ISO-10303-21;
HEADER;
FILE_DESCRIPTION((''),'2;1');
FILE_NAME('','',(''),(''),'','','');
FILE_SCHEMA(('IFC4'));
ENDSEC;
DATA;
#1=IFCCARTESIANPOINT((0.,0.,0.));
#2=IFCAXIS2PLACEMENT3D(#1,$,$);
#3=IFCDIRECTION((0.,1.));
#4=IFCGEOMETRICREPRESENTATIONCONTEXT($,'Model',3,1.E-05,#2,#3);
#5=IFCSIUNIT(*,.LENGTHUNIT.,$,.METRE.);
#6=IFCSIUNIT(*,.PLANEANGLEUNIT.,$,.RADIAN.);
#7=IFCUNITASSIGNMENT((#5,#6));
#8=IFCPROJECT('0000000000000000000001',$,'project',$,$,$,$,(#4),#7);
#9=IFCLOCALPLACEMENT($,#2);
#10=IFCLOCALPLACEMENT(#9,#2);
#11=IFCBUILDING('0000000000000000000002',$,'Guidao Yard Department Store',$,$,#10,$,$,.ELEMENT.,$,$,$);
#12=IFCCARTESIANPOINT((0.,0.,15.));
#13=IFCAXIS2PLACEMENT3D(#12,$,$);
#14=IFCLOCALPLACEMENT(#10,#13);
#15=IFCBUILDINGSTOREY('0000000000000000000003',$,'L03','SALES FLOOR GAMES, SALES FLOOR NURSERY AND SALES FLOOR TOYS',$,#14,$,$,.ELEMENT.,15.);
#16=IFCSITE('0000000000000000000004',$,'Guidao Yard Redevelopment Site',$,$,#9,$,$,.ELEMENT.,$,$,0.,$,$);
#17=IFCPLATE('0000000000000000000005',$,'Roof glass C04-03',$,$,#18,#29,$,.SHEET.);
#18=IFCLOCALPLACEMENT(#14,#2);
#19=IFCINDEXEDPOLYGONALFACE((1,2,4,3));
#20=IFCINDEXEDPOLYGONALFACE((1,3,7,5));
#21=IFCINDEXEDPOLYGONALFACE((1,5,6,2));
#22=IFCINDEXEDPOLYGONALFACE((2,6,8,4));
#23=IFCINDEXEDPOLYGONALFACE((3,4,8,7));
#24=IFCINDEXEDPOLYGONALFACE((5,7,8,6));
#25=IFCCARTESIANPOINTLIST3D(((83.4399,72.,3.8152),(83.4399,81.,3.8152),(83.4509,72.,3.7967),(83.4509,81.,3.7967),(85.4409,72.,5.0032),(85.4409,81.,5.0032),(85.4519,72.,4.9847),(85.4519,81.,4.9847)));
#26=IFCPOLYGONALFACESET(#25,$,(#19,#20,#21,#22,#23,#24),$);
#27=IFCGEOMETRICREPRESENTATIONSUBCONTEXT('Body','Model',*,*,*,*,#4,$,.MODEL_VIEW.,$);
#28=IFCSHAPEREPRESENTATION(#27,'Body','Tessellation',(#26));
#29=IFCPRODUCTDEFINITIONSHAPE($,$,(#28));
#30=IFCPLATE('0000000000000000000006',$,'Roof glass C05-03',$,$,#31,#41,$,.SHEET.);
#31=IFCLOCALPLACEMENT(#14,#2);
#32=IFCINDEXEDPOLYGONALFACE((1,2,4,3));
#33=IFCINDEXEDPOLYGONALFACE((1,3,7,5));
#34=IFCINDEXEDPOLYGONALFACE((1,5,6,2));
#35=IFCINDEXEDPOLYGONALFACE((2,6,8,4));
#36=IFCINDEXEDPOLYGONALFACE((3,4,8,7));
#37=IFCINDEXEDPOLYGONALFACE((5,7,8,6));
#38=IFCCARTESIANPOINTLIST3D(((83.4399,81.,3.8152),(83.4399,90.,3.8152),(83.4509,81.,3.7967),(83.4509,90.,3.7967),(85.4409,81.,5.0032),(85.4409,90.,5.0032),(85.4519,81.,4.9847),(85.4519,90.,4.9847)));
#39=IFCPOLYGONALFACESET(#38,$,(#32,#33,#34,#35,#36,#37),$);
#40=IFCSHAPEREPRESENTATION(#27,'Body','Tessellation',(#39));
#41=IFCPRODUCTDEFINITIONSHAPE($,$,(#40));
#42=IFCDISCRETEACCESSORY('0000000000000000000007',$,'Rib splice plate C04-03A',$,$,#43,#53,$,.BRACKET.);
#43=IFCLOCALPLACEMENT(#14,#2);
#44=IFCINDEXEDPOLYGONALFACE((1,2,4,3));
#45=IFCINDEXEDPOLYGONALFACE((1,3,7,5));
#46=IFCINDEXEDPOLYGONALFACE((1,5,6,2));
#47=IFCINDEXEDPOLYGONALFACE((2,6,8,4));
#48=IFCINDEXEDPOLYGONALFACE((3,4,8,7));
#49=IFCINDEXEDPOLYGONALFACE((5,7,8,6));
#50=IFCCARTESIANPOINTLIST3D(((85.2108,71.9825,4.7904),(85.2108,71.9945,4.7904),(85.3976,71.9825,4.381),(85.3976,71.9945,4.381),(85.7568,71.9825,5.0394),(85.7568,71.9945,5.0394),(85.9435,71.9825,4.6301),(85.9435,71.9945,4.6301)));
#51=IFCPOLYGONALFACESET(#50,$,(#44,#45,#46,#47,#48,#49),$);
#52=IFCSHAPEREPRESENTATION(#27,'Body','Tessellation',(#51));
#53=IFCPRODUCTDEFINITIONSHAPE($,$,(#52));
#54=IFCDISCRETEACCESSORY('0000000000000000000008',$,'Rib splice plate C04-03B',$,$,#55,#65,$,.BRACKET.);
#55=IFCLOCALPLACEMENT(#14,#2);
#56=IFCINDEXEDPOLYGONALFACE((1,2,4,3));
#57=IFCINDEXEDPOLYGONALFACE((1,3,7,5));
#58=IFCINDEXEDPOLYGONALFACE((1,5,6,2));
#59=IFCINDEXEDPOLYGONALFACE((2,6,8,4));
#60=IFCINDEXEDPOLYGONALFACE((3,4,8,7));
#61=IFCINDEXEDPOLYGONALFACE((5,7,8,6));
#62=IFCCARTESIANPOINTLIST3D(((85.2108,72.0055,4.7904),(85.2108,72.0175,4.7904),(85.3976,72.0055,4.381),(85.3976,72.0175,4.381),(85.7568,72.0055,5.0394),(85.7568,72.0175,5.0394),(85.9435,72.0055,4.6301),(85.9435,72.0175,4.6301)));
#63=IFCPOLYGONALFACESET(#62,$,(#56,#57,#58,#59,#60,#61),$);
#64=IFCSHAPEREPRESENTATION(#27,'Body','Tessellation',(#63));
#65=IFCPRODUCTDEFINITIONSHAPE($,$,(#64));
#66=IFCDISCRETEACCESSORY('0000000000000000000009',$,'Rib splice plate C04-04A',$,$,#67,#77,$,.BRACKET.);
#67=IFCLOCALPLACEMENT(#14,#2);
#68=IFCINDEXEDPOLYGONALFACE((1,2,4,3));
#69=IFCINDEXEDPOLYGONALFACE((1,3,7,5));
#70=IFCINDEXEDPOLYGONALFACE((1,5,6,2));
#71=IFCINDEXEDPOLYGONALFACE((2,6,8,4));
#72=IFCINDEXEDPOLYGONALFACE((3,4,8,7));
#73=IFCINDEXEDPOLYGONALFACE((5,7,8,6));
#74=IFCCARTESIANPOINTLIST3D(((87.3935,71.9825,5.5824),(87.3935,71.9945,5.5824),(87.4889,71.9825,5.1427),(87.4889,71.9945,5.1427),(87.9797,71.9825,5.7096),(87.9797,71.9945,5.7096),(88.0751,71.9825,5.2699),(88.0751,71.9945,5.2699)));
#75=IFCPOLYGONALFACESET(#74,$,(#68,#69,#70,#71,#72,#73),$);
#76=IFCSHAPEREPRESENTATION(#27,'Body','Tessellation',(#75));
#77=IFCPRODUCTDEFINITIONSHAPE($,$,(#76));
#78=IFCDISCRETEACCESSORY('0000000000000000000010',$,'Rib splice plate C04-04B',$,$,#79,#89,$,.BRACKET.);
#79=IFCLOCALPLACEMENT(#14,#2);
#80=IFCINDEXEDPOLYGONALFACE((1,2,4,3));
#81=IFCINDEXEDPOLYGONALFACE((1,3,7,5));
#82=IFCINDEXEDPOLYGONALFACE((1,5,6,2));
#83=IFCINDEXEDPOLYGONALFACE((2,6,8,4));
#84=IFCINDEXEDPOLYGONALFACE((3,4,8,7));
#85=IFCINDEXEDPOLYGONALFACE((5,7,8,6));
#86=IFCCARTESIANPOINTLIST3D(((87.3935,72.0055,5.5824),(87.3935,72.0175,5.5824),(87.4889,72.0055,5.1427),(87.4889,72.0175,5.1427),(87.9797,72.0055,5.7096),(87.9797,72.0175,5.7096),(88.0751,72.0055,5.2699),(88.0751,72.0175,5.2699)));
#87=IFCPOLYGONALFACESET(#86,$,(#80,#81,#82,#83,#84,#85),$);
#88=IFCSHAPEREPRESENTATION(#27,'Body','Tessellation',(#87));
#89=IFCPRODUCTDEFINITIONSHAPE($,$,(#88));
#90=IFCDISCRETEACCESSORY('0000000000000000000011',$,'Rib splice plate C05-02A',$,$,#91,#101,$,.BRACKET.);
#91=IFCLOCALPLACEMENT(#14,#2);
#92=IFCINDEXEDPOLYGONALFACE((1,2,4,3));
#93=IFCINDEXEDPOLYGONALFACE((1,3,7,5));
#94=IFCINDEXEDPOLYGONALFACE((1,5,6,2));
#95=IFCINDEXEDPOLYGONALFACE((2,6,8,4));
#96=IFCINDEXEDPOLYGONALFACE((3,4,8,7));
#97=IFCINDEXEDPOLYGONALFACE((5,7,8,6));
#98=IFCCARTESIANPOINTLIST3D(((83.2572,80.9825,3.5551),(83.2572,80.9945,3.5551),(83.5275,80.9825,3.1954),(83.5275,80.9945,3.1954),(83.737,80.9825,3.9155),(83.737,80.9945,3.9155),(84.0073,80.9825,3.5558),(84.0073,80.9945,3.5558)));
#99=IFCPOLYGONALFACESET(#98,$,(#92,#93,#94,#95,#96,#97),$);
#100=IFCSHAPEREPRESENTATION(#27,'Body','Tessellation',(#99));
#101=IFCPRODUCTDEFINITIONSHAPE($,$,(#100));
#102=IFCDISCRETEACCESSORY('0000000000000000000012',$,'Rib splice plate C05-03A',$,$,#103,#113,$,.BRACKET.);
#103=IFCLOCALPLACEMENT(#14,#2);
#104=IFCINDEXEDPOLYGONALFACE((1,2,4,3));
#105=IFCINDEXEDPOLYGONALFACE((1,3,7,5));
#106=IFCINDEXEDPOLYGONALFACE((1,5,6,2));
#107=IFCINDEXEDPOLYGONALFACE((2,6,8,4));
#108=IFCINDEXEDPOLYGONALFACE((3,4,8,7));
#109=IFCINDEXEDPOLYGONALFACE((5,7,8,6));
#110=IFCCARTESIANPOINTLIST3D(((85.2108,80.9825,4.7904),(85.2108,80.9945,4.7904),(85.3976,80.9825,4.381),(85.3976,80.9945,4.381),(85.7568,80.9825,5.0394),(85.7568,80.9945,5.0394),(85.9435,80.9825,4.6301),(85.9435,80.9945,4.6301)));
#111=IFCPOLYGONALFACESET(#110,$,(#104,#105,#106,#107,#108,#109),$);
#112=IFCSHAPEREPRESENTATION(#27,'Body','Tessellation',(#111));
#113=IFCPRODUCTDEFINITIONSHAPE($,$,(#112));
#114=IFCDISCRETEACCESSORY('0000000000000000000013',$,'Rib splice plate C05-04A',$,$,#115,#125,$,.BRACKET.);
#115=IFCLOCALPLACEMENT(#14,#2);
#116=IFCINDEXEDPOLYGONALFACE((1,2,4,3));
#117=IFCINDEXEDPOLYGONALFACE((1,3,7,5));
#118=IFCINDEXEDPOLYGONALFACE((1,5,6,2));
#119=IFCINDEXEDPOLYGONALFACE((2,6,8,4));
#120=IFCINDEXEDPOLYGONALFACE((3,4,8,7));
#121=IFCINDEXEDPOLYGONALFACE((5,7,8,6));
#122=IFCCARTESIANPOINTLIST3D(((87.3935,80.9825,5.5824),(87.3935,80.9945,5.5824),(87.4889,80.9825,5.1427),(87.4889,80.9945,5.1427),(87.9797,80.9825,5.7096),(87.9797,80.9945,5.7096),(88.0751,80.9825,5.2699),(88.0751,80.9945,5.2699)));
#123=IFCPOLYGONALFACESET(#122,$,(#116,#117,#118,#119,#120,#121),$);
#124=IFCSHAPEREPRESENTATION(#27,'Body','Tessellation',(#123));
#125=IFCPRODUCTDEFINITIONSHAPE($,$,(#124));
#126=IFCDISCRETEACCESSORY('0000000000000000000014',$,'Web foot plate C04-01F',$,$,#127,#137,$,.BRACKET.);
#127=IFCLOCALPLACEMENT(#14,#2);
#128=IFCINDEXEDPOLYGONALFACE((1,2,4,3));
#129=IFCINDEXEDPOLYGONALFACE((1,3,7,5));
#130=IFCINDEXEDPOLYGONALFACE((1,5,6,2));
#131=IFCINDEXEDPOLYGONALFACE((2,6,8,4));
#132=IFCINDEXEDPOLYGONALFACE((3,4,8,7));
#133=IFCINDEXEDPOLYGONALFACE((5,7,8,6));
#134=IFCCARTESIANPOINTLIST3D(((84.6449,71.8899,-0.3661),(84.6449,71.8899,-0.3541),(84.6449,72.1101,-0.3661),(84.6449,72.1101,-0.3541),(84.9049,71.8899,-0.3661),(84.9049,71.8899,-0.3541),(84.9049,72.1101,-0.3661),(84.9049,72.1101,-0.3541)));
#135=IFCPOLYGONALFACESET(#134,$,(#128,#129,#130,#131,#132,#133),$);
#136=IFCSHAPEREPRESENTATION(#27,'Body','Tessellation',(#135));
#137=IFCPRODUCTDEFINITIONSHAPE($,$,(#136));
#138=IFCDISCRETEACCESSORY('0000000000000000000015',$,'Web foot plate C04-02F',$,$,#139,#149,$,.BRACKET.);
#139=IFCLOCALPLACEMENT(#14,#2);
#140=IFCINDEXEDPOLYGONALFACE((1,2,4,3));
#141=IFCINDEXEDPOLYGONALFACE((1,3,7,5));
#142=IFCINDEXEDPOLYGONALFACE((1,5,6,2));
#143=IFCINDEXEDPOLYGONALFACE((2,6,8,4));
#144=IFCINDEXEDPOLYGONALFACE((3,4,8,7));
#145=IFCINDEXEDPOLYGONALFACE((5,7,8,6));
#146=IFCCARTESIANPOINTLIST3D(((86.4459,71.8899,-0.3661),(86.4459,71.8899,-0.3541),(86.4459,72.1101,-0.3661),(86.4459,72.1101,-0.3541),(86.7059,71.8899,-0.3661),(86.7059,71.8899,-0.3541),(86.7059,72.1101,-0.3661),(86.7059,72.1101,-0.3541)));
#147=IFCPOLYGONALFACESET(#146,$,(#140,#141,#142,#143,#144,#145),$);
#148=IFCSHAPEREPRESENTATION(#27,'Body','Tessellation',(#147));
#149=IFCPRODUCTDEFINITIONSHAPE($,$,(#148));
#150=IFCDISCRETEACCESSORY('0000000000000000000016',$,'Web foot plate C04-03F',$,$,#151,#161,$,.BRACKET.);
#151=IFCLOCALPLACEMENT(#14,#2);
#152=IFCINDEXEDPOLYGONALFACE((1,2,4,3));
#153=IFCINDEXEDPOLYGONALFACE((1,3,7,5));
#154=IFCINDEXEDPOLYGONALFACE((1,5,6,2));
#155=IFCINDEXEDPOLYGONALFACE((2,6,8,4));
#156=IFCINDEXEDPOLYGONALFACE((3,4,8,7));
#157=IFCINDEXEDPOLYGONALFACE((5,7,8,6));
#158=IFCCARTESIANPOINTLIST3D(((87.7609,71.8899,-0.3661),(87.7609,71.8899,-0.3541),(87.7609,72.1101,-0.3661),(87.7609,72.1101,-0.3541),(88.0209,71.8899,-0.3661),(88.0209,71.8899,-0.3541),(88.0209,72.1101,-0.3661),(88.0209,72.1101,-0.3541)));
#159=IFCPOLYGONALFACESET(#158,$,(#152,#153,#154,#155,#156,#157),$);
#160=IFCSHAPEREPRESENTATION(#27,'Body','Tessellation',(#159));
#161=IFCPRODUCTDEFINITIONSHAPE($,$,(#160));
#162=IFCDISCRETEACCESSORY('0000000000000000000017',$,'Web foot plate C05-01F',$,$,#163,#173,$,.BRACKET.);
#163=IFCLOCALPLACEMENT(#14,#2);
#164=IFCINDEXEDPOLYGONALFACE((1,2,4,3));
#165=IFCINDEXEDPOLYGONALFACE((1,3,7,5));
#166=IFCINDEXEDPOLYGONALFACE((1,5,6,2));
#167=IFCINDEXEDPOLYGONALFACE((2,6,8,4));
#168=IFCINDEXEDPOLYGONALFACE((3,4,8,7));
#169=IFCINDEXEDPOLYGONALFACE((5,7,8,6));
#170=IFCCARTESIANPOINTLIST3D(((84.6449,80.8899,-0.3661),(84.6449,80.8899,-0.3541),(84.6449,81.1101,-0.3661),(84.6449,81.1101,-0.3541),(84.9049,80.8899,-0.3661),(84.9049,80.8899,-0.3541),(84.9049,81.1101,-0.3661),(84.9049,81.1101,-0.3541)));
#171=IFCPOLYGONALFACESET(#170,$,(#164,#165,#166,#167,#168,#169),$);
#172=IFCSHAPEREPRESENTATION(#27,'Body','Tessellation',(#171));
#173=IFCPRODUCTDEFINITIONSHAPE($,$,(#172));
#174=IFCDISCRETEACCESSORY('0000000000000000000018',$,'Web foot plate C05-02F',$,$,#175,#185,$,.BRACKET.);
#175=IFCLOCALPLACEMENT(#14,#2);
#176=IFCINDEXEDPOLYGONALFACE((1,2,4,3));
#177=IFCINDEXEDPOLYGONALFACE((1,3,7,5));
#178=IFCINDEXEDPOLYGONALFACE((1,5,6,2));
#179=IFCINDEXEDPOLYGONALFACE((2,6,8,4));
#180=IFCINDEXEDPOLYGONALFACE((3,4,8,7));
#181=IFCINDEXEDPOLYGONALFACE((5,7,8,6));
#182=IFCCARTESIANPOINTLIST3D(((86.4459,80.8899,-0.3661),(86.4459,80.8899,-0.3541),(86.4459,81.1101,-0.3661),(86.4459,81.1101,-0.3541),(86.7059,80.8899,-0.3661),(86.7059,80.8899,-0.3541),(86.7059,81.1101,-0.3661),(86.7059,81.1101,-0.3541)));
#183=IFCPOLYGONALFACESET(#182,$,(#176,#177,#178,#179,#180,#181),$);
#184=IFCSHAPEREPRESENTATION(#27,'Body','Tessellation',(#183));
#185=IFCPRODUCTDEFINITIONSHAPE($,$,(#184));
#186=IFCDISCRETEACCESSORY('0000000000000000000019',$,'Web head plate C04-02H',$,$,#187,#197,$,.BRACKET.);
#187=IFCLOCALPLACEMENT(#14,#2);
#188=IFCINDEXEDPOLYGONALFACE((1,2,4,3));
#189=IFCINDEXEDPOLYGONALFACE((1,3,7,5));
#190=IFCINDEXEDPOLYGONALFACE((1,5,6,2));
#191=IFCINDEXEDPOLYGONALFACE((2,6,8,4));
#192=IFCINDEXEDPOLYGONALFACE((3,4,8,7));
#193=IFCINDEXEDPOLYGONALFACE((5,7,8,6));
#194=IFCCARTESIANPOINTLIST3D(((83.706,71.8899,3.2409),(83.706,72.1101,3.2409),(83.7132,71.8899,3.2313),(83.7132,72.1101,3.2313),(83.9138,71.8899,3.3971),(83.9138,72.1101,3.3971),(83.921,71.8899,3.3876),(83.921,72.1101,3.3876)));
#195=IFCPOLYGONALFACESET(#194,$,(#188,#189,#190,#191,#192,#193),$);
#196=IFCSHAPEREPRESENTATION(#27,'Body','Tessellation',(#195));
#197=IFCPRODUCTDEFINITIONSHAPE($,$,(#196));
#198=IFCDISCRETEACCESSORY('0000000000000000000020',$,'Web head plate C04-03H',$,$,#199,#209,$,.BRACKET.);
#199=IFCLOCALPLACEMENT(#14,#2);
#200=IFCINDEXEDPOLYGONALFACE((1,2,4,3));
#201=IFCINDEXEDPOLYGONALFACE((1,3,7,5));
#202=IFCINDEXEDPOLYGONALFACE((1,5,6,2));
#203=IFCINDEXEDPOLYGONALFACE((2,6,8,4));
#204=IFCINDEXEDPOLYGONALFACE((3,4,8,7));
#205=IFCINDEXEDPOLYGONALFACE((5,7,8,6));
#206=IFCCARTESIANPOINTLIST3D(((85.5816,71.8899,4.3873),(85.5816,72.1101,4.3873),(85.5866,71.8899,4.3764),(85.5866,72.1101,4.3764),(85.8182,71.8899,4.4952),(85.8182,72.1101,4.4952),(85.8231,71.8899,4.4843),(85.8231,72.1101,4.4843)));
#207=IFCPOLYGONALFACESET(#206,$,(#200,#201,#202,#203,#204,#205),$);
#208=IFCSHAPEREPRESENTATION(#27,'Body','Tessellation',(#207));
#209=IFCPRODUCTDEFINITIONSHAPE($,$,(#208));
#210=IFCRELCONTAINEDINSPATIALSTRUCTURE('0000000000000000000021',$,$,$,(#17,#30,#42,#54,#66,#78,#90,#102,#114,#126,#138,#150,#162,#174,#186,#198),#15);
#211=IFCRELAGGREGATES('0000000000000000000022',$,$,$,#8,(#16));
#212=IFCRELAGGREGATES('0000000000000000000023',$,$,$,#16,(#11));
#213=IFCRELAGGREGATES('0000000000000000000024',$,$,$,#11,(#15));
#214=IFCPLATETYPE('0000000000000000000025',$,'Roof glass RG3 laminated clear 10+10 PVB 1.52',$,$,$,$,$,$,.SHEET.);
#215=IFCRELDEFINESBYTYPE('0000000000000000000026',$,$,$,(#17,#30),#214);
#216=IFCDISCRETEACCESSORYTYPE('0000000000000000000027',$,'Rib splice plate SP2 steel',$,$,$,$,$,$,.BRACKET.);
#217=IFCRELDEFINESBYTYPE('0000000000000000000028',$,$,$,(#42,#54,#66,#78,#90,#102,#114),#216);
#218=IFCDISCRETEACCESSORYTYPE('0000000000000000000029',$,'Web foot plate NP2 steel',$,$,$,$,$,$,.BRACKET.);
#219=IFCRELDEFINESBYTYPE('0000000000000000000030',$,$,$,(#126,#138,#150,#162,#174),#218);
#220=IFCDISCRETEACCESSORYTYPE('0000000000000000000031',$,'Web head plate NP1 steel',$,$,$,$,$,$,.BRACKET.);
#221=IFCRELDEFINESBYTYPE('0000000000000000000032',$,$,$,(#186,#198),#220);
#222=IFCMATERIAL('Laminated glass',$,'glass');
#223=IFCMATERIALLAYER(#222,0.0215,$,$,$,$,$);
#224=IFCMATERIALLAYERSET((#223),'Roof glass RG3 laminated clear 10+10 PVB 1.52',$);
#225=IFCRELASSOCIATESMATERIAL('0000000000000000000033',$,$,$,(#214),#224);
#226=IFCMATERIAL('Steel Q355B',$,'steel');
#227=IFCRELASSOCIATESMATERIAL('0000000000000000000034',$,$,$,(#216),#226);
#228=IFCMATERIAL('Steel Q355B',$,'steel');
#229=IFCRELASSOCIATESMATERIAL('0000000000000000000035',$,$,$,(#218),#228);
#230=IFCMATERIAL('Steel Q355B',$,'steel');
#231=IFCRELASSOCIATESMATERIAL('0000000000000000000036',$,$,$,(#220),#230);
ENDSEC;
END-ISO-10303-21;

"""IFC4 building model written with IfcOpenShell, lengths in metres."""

from ifc_helpers import new_model, si_unit, direction, frame, origin, origin_2d, place, context, subcontext, project, spatial, polyline, rectangle, outline, extrude, material, layer, layer_set, material_profile, profile_set, type_object, element, save


model = new_model("IFC4")

# Units and contexts
model_context = context("Model", 3, precision=1e-05, world=origin(), true_north=direction((0.0, 1.0)))
body_context = subcontext(model_context, "Body", "Model", "MODEL_VIEW")
ifc_project = project(units=[si_unit("LENGTHUNIT", "METRE"), si_unit("PLANEANGLEUNIT", "RADIAN")], contexts=[model_context])

# Site, building, storey
site_placement = place(None, origin())
site = spatial("IfcSite", under=ifc_project, at=site_placement, Name="Guidao Yard Redevelopment Site", CompositionType="ELEMENT", RefElevation=0.0)
building_placement = place(site_placement, origin())
building = spatial("IfcBuilding", under=site, at=building_placement, Name="Guidao Yard Department Store", CompositionType="ELEMENT")
storey_placement = place(building_placement, frame((0.0, 0.0, 15.0)))
storey = spatial("IfcBuildingStorey", under=building, at=storey_placement, Name="L03", Description="SALES FLOOR GAMES, SALES FLOOR NURSERY AND SALES FLOOR TOYS", CompositionType="ELEMENT", Elevation=15.0)

# Plates
ifc_material_1 = material(Name="Laminated glass", Category="glass")
ifc_layer = layer(ifc_material_1, 0.0215)
ifc_layer_set = layer_set([ifc_layer], Name="Roof glass RG3 laminated clear 10+10 PVB 1.52")
plate_type = type_object("IfcPlateType", Name="Roof glass RG3 laminated clear 10+10 PVB 1.52", PredefinedType="SHEET", material=ifc_layer_set)
for number, where, z_axis, x_axis, name in (
    (1, (83.4399, 72.0, 3.8152), (-0.51051, 0.0, 0.859872), (0.859872, 0.0, 0.51051), "Roof glass C04-03"),
    (2, (83.4399, 81.0, 3.8152), (-0.51051, 0.0, 0.859872), (0.859872, 0.0, 0.51051), "Roof glass C05-03"),
):
    element("IfcPlate", number, at=place(storey_placement, frame(where, z_axis=z_axis, x_axis=x_axis)), inside=storey, type_object=plate_type, Name=name, PredefinedType="SHEET", context=body_context, shape_type="SweptSolid", body=[
        extrude(outline(polyline([(0.0, 0.0), (2.3271, 0.0), (2.3271, 9.0), (0.0, 9.0), (0.0, 0.0)])), origin(), (0.0, 0.0, -1.0), 0.0215),
    ])

# Discrete accessories
ifc_material_2 = material(Name="Steel Q355B", Category="steel")
ifc_material_profile_1 = material_profile(ifc_material_2, rectangle(XDim=0.012, YDim=0.45, at=origin_2d()), Name="Splice plate 450x12")
ifc_profile_set_1 = profile_set([ifc_material_profile_1], Name="Steel Q355B")
discrete_accessory_type_1 = type_object("IfcDiscreteAccessoryType", Name="Rib splice plate SP2 steel", PredefinedType="BRACKET", material=ifc_profile_set_1)
for number, where, z_axis, x_axis, name in (
    (3, (85.3042, 71.9885, 4.5857), (0.909808, 0.0, 0.415029), (0.0, 1.0, 0.0), "Rib splice plate C04-03A"),
    (4, (85.3042, 72.0115, 4.5857), (0.909808, 0.0, 0.415029), (0.0, 1.0, 0.0), "Rib splice plate C04-03B"),
):
    element("IfcDiscreteAccessory", number, at=place(storey_placement, frame(where, z_axis=z_axis, x_axis=x_axis)), inside=storey, type_object=discrete_accessory_type_1, Name=name, PredefinedType="BRACKET", context=body_context, shape_type="SweptSolid", body=[
        extrude(rectangle(XDim=0.012, YDim=0.45, at=origin_2d()), origin(), (0.0, 0.0, 1.0), 0.6001),
    ])
for number, where, z_axis, x_axis, name in (
    (5, (87.4412, 71.9885, 5.3625), (0.977257, 0.0, 0.212058), (0.0, 1.0, 0.0), "Rib splice plate C04-04A"),
    (6, (87.4412, 72.0115, 5.3625), (0.977257, 0.0, 0.212058), (0.0, 1.0, 0.0), "Rib splice plate C04-04B"),
):
    element("IfcDiscreteAccessory", number, at=place(storey_placement, frame(where, z_axis=z_axis, x_axis=x_axis)), inside=storey, type_object=discrete_accessory_type_1, Name=name, PredefinedType="BRACKET", context=body_context, shape_type="SweptSolid", body=[
        extrude(rectangle(XDim=0.012, YDim=0.45, at=origin_2d()), origin(), (0.0, 0.0, 1.0), 0.5999),
    ])
for number, where, z_axis, x_axis, name in (
    (7, (83.3923, 80.9885, 3.3752), (0.79956, 0.0, 0.600586), (0.0, 1.0, 0.0), "Rib splice plate C05-02A"),
    (8, (85.3042, 80.9885, 4.5857), (0.909808, 0.0, 0.415029), (0.0, 1.0, 0.0), "Rib splice plate C05-03A"),
):
    element("IfcDiscreteAccessory", number, at=place(storey_placement, frame(where, z_axis=z_axis, x_axis=x_axis)), inside=storey, type_object=discrete_accessory_type_1, Name=name, PredefinedType="BRACKET", context=body_context, shape_type="SweptSolid", body=[
        extrude(rectangle(XDim=0.012, YDim=0.45, at=origin_2d()), origin(), (0.0, 0.0, 1.0), 0.6001),
    ])
discrete_accessory_placement = place(storey_placement, frame((87.4412, 80.9885, 5.3625), z_axis=(0.977257, 0.0, 0.212058), x_axis=(0.0, 1.0, 0.0)))
element("IfcDiscreteAccessory", 9, at=discrete_accessory_placement, inside=storey, type_object=discrete_accessory_type_1, Name="Rib splice plate C05-04A", PredefinedType="BRACKET", context=body_context, shape_type="SweptSolid", body=[
    extrude(rectangle(XDim=0.012, YDim=0.45, at=origin_2d()), origin(), (0.0, 0.0, 1.0), 0.5999),
])
ifc_material_3 = material(Name="Steel Q355B", Category="steel")
ifc_material_profile_2 = material_profile(ifc_material_3, rectangle(XDim=0.26, YDim=0.012, at=origin_2d()), Name="Node plate 260x12")
ifc_profile_set_2 = profile_set([ifc_material_profile_2], Name="Steel Q355B")
discrete_accessory_type_2 = type_object("IfcDiscreteAccessoryType", Name="Web foot plate NP2 steel", PredefinedType="BRACKET", material=ifc_profile_set_2)
for number, where, z_axis, x_axis, name in (
    (10, (84.7749, 71.8899, -0.3601), (0.0, 1.0, 0.0), (-1.0, 0.0, 0.0), "Web foot plate C04-01F"),
    (11, (86.5759, 71.8899, -0.3601), (0.0, 1.0, 0.0), (-1.0, 0.0, 0.0), "Web foot plate C04-02F"),
    (12, (87.8909, 71.8899, -0.3601), (0.0, 1.0, 0.0), (-1.0, 0.0, 0.0), "Web foot plate C04-03F"),
    (13, (84.7749, 80.8899, -0.3601), (0.0, 1.0, 0.0), (-1.0, 0.0, 0.0), "Web foot plate C05-01F"),
    (14, (86.5759, 80.8899, -0.3601), (0.0, 1.0, 0.0), (-1.0, 0.0, 0.0), "Web foot plate C05-02F"),
):
    element("IfcDiscreteAccessory", number, at=place(storey_placement, frame(where, z_axis=z_axis, x_axis=x_axis)), inside=storey, type_object=discrete_accessory_type_2, Name=name, PredefinedType="BRACKET", context=body_context, shape_type="SweptSolid", body=[
        extrude(rectangle(XDim=0.26, YDim=0.012, at=origin_2d()), origin(), (0.0, 0.0, 1.0), 0.2202),
    ])
ifc_material_4 = material(Name="Steel Q355B", Category="steel")
ifc_material_profile_3 = material_profile(ifc_material_4, rectangle(XDim=0.26, YDim=0.012, at=origin_2d()), Name="Node plate 260x12")
ifc_profile_set_3 = profile_set([ifc_material_profile_3], Name="Steel Q355B")
discrete_accessory_type_3 = type_object("IfcDiscreteAccessoryType", Name="Web head plate NP1 steel", PredefinedType="BRACKET", material=ifc_profile_set_3)
for number, where, z_axis, x_axis, name in (
    (15, (83.8135, 71.8899, 3.3142), (0.0, 1.0, 0.0), (-0.799284, 0.0, -0.600954), "Web head plate C04-02H"),
    (16, (85.7024, 71.8899, 4.4358), (0.0, 1.0, 0.0), (-0.909751, 0.0, -0.415155), "Web head plate C04-03H"),
):
    element("IfcDiscreteAccessory", number, at=place(storey_placement, frame(where, z_axis=z_axis, x_axis=x_axis)), inside=storey, type_object=discrete_accessory_type_3, Name=name, PredefinedType="BRACKET", context=body_context, shape_type="SweptSolid", body=[
        extrude(rectangle(XDim=0.26, YDim=0.012, at=origin_2d()), origin(), (0.0, 0.0, 1.0), 0.2202),
    ])

save(model, "model.ifc")
